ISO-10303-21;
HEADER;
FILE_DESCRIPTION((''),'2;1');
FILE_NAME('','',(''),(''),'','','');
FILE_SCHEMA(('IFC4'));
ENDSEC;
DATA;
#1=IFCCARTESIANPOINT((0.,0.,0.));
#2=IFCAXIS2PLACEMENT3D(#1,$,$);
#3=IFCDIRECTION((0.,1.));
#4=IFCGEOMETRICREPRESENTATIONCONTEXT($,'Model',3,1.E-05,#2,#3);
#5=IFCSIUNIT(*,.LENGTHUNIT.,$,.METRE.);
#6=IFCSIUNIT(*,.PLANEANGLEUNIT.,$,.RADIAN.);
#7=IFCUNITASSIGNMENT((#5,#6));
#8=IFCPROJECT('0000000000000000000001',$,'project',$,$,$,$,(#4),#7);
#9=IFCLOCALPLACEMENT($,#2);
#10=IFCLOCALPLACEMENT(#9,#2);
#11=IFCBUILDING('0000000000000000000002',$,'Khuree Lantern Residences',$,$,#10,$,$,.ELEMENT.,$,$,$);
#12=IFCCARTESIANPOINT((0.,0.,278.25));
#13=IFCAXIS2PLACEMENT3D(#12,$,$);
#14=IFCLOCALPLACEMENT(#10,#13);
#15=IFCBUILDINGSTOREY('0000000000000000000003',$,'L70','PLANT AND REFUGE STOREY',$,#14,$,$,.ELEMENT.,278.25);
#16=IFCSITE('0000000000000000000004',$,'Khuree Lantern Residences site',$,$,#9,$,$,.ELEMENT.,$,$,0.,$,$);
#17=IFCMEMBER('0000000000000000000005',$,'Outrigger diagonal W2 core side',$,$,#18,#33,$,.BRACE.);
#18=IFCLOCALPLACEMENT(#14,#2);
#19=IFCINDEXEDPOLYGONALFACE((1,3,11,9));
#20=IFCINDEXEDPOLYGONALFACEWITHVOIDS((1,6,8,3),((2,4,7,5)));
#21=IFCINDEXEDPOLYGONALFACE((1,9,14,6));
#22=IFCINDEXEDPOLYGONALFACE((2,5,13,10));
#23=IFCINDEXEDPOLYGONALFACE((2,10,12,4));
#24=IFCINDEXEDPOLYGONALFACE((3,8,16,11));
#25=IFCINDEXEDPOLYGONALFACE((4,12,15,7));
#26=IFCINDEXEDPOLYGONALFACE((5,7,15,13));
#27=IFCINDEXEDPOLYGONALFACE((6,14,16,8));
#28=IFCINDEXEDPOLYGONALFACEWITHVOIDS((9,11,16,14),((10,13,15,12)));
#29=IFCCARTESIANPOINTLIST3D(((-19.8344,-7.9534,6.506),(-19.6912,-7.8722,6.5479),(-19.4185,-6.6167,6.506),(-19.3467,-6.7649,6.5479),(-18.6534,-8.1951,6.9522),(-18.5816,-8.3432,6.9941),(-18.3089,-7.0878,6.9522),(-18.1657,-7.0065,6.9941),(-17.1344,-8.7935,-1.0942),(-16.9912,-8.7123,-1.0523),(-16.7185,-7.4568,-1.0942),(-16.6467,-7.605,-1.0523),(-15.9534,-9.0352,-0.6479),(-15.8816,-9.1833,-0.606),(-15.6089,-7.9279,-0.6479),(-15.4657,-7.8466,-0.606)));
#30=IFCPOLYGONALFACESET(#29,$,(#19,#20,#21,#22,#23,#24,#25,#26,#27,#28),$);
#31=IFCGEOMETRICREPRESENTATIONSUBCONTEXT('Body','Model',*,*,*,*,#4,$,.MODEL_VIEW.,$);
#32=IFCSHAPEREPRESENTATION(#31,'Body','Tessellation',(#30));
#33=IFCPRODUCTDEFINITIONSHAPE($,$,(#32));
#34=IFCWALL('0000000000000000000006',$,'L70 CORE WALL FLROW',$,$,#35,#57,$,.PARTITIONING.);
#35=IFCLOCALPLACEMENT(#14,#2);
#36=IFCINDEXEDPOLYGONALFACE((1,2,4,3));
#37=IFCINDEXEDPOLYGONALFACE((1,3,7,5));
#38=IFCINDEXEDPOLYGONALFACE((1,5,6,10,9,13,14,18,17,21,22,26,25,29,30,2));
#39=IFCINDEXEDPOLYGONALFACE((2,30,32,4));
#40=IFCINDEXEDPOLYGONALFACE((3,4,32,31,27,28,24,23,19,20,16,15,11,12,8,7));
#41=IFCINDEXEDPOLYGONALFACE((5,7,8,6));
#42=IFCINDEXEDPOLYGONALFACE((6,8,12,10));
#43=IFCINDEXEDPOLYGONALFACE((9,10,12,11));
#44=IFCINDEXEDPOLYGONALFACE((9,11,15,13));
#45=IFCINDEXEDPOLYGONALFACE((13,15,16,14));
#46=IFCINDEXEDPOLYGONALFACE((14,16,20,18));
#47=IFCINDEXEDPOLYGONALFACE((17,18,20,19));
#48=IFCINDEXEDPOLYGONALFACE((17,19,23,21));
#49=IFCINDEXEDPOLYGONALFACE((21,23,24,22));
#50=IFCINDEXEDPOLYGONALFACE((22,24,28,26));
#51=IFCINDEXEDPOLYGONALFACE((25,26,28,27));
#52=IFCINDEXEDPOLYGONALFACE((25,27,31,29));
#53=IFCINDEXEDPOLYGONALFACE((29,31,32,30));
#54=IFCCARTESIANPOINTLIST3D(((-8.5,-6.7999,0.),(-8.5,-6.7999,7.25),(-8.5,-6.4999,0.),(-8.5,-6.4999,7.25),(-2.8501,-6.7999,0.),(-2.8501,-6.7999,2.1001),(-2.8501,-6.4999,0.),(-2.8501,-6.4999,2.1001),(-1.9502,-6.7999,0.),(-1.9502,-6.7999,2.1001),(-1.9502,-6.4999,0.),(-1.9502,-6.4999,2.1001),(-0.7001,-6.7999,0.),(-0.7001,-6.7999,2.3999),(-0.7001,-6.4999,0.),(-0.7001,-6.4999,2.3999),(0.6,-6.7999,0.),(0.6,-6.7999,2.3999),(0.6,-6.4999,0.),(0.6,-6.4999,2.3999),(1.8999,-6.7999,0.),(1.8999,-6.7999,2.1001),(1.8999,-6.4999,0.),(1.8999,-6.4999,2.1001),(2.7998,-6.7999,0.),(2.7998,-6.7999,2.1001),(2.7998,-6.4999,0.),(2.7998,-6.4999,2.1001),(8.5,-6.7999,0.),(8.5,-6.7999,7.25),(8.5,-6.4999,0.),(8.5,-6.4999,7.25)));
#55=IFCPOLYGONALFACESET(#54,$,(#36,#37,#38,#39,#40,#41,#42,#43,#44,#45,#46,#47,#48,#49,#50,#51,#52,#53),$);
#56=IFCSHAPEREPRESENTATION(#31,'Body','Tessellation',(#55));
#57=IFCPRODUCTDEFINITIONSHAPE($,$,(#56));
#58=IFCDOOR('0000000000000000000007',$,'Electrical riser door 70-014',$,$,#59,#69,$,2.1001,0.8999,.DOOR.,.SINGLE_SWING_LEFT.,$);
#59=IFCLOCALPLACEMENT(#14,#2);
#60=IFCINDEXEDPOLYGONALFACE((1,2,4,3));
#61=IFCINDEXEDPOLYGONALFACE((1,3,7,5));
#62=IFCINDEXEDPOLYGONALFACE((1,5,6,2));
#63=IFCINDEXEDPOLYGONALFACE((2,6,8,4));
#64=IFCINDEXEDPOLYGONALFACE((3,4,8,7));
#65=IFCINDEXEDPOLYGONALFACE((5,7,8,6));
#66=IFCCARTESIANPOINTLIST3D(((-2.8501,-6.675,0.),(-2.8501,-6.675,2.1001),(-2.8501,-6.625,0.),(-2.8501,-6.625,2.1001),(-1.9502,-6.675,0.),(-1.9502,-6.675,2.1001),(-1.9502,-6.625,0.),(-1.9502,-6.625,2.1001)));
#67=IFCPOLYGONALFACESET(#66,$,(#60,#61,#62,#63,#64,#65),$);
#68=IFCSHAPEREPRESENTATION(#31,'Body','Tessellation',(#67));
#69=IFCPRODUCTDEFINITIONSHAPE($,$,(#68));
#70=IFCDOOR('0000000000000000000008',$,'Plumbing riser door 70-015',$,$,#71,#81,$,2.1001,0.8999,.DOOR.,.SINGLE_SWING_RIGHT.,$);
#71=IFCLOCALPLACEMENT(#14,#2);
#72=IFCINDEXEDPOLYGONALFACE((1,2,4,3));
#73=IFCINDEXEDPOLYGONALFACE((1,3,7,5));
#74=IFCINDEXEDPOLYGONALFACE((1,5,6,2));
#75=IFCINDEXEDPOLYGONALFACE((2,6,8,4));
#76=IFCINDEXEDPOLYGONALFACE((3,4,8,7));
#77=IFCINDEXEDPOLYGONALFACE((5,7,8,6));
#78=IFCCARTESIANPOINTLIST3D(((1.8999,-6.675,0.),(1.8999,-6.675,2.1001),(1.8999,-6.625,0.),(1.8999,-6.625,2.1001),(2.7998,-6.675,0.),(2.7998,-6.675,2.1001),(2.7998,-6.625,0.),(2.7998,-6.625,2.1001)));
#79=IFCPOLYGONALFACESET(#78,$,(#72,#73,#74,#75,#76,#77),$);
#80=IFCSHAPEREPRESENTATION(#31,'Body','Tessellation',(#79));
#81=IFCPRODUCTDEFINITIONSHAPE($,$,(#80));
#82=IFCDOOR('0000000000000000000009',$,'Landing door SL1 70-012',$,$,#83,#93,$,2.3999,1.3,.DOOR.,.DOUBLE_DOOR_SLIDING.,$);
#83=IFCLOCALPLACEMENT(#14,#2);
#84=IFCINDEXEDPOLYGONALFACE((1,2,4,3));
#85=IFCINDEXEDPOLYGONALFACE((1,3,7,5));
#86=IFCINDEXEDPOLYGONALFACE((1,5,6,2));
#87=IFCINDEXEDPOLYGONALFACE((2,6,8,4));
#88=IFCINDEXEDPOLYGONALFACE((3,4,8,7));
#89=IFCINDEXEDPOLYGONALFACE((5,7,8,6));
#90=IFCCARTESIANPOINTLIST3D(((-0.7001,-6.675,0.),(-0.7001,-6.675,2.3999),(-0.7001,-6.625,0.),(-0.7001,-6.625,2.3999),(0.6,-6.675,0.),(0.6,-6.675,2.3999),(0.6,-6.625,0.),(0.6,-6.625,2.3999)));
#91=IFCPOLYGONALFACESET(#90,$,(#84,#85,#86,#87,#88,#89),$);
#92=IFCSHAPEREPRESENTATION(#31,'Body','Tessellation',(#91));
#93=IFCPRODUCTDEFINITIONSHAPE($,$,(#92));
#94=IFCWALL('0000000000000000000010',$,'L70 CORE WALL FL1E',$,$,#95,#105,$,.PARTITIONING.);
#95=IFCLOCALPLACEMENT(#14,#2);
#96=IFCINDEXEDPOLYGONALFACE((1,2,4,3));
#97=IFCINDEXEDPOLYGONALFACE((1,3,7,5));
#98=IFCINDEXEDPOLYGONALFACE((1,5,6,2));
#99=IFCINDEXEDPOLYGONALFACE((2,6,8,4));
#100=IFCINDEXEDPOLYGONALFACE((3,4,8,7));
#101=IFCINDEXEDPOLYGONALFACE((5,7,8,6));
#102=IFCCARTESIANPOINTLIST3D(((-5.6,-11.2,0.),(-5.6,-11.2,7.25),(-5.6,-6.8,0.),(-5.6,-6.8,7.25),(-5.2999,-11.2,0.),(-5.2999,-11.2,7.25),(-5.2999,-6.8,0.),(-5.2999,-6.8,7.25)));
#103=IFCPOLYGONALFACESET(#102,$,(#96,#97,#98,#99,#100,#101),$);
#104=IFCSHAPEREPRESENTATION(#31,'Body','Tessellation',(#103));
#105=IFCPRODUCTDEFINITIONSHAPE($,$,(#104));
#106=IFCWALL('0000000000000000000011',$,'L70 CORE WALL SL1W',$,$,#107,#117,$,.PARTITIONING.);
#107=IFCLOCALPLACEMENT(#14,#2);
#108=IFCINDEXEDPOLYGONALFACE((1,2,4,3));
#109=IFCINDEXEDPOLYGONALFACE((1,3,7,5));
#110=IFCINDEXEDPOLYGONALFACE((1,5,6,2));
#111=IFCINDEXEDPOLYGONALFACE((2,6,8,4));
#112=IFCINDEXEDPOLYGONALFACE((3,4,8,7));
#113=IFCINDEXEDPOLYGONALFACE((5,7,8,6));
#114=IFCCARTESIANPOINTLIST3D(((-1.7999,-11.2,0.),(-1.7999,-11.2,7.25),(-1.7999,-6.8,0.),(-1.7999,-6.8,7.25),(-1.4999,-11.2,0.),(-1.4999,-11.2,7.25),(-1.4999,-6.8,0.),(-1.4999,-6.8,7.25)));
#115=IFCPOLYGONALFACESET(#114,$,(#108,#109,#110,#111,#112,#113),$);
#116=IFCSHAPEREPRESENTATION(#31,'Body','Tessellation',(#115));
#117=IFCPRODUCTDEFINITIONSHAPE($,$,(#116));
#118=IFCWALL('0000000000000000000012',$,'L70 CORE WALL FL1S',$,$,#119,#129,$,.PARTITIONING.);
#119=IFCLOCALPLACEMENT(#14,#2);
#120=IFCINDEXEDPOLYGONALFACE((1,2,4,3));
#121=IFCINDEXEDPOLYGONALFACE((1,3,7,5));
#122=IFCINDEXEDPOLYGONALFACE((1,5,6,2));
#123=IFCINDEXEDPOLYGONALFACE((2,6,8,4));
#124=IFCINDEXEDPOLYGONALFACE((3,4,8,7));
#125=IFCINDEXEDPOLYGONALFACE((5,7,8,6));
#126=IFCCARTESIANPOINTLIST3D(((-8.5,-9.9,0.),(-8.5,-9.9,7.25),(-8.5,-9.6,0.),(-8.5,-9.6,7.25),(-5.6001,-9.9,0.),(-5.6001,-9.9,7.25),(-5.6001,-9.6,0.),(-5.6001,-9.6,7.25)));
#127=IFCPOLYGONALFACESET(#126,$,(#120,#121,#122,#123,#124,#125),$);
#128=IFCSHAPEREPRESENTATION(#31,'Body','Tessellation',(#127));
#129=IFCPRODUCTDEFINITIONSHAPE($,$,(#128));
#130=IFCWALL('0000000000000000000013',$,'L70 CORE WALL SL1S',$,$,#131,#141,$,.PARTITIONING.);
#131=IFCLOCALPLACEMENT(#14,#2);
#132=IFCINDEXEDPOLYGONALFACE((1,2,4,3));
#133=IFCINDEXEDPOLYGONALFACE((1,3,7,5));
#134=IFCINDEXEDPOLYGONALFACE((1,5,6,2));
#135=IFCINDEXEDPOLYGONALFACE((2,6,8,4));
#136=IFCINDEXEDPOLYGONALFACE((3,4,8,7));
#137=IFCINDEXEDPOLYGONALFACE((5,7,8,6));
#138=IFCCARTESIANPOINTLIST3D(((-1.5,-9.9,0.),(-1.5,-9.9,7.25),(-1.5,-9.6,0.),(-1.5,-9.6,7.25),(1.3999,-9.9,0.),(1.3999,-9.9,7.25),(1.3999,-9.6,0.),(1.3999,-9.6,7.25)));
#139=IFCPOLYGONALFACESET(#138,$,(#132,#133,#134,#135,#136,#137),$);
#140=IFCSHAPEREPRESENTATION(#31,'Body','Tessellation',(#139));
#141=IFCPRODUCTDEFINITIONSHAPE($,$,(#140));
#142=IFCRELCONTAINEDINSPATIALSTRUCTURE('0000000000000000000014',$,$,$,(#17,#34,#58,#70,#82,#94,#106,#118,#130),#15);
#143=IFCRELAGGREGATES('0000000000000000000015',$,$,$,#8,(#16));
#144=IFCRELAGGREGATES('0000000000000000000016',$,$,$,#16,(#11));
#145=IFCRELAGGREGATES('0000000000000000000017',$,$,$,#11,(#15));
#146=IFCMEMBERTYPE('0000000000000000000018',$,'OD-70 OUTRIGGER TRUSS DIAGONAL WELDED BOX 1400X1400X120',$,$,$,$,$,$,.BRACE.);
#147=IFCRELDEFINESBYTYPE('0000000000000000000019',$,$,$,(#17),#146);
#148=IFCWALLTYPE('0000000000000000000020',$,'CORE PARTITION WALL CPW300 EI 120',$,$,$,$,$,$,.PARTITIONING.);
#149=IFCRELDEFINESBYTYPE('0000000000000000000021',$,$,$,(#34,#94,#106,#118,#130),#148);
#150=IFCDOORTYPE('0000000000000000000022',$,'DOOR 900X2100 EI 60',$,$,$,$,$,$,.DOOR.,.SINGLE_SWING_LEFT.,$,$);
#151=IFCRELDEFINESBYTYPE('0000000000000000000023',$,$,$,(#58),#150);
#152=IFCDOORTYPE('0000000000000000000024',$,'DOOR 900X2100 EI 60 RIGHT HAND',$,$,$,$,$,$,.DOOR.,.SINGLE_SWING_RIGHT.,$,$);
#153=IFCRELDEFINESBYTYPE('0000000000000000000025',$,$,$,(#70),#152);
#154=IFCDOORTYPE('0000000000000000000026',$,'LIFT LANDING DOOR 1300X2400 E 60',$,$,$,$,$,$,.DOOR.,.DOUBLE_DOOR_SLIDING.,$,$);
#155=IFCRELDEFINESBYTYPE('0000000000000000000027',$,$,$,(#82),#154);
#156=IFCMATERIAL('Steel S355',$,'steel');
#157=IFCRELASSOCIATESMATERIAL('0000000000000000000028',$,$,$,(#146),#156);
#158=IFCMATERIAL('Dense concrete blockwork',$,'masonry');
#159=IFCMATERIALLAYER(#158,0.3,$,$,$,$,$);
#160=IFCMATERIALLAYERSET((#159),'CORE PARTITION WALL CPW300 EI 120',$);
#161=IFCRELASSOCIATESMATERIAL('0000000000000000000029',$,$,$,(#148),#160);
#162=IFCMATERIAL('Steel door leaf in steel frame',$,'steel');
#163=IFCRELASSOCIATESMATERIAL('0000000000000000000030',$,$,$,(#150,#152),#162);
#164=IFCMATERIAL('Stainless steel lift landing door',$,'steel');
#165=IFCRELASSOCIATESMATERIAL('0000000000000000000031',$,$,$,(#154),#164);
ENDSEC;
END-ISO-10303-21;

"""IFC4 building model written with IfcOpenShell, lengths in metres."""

from ifc_helpers import new_model, si_unit, direction, frame, frame_2d, origin, origin_2d, place, context, subcontext, project, spatial, rectangle, hollow_rectangle, extrude, material, layer, layer_set, material_profile, profile_set, type_object, element, fill, save


model = new_model("IFC4")

# Units and contexts
model_context = context("Model", 3, precision=1e-05, world=origin(), true_north=direction((0.0, 1.0)))
body_context = subcontext(model_context, "Body", "Model", "MODEL_VIEW")
ifc_project = project(units=[si_unit("LENGTHUNIT", "METRE"), si_unit("PLANEANGLEUNIT", "RADIAN")], contexts=[model_context])

# Site, building, storey
site_placement = place(None, origin())
site = spatial("IfcSite", under=ifc_project, at=site_placement, Name="Khuree Lantern Residences site", CompositionType="ELEMENT", RefElevation=0.0)
building_placement = place(site_placement, origin())
building = spatial("IfcBuilding", under=site, at=building_placement, Name="Khuree Lantern Residences", CompositionType="ELEMENT")
storey_placement = place(building_placement, frame((0.0, 0.0, 278.25)))
storey = spatial("IfcBuildingStorey", under=building, at=storey_placement, Name="L70", Description="PLANT AND REFUGE STOREY", CompositionType="ELEMENT", Elevation=278.25)

# Member
ifc_material_1 = material(Name="Steel S355", Category="steel")
ifc_material_profile = material_profile(ifc_material_1, hollow_rectangle(XDim=1.3999, YDim=1.3999, WallThickness=0.1201, at=origin_2d()), Name="WELDED BOX 1400X1400X120")
ifc_profile_set = profile_set([ifc_material_profile], Name="Steel S355")
member_type = type_object("IfcMemberType", Name="OD-70 OUTRIGGER TRUSS DIAGONAL WELDED BOX 1400X1400X120", PredefinedType="BRACE", material=ifc_profile_set)
member_placement = place(storey_placement, frame((-16.3, -8.3201, -0.8501), z_axis=(-0.332955, 0.103599, 0.937235), x_axis=(-0.2971, -0.954846, 0.0)))
element("IfcMember", 1, at=member_placement, inside=storey, type_object=member_type, Name="Outrigger diagonal W2 core side", PredefinedType="BRACE", context=body_context, shape_type="SweptSolid", body=[
    extrude(hollow_rectangle(XDim=1.3999, YDim=1.3999, WallThickness=0.1201, at=origin_2d()), origin(), (0.0, 0.0, 1.0), 8.1091),
])

# Wall, openings, doors
ifc_material_2 = material(Name="Dense concrete blockwork", Category="masonry")
ifc_layer_1 = layer(ifc_material_2, 0.3)
ifc_layer_set_1 = layer_set([ifc_layer_1], Name="CORE PARTITION WALL CPW300 EI 120")
wall_type_1 = type_object("IfcWallType", Name="CORE PARTITION WALL CPW300 EI 120", PredefinedType="PARTITIONING", material=ifc_layer_set_1)
wall_1_placement = place(storey_placement, frame((-8.5, -6.6499, 0.0), z_axis=(0.0, 0.0, 1.0), x_axis=(1.0, 0.0, 0.0)))
wall_1 = element("IfcWall", 2, at=wall_1_placement, inside=storey, type_object=wall_type_1, Name="L70 CORE WALL FLROW", PredefinedType="PARTITIONING", context=body_context, shape_type="SweptSolid", body=[
    extrude(rectangle(XDim=17.0, YDim=0.3, at=frame_2d((8.5, 0.0))), origin(), (0.0, 0.0, 1.0), 7.25),
])
opening_1_placement = place(wall_1_placement, frame((7.8, 0.0, 0.0)))
opening_1 = element("IfcOpeningElement", 3, at=opening_1_placement, cuts=wall_1, PredefinedType="OPENING", context=body_context, shape_type="SweptSolid", body=[
    extrude(rectangle(XDim=1.3, YDim=2.3999, at=frame_2d((0.6499, 1.2))), frame((0.0, 0.1602, 0.0), z_axis=(0.0, -1.0, 0.0), x_axis=(1.0, 0.0, 0.0)), (0.0, 0.0, 1.0), 0.3201),
])
opening_2_placement = place(wall_1_placement, frame((5.6499, 0.0, 0.0)))
opening_2 = element("IfcOpeningElement", 4, at=opening_2_placement, cuts=wall_1, PredefinedType="OPENING", context=body_context, shape_type="SweptSolid", body=[
    extrude(rectangle(XDim=0.8999, YDim=2.1001, at=frame_2d((0.45, 1.05))), frame((0.0, 0.1602, 0.0), z_axis=(0.0, -1.0, 0.0), x_axis=(1.0, 0.0, 0.0)), (0.0, 0.0, 1.0), 0.3201),
])
opening_3_placement = place(wall_1_placement, frame((10.3999, 0.0, 0.0)))
opening_3 = element("IfcOpeningElement", 5, at=opening_3_placement, cuts=wall_1, PredefinedType="OPENING", context=body_context, shape_type="SweptSolid", body=[
    extrude(rectangle(XDim=0.8999, YDim=2.1001, at=frame_2d((0.45, 1.05))), frame((0.0, 0.1602, 0.0), z_axis=(0.0, -1.0, 0.0), x_axis=(1.0, 0.0, 0.0)), (0.0, 0.0, 1.0), 0.3201),
])
ifc_material_3 = material(Name="Steel door leaf in steel frame", Category="steel")
door_type_1 = type_object("IfcDoorType", Name="DOOR 900X2100 EI 60", OperationType="SINGLE_SWING_LEFT", PredefinedType="DOOR", material=ifc_material_3)
door_1_placement = place(opening_2_placement, origin())
door_1 = element("IfcDoor", 6, at=door_1_placement, inside=storey, type_object=door_type_1, Name="Electrical riser door 70-014", OperationType="SINGLE_SWING_LEFT", OverallHeight=2.1001, OverallWidth=0.8999, PredefinedType="DOOR", context=body_context, shape_type="SweptSolid", body=[
    extrude(rectangle(XDim=0.8999, YDim=2.1001, at=frame_2d((0.45, 1.05))), frame((0.0, 0.0249, 0.0), z_axis=(0.0, -1.0, 0.0), x_axis=(1.0, 0.0, 0.0)), (0.0, 0.0, 1.0), 0.05),
])
fill(opening_2, door_1)
door_type_2 = type_object("IfcDoorType", Name="DOOR 900X2100 EI 60 RIGHT HAND", OperationType="SINGLE_SWING_RIGHT", PredefinedType="DOOR", material=ifc_material_3)
door_2_placement = place(opening_3_placement, origin())
door_2 = element("IfcDoor", 7, at=door_2_placement, inside=storey, type_object=door_type_2, Name="Plumbing riser door 70-015", OperationType="SINGLE_SWING_RIGHT", OverallHeight=2.1001, OverallWidth=0.8999, PredefinedType="DOOR", context=body_context, shape_type="SweptSolid", body=[
    extrude(rectangle(XDim=0.8999, YDim=2.1001, at=frame_2d((0.45, 1.05))), frame((0.0, 0.0249, 0.0), z_axis=(0.0, -1.0, 0.0), x_axis=(1.0, 0.0, 0.0)), (0.0, 0.0, 1.0), 0.05),
])
fill(opening_3, door_2)
ifc_material_4 = material(Name="Stainless steel lift landing door", Category="steel")
door_type_3 = type_object("IfcDoorType", Name="LIFT LANDING DOOR 1300X2400 E 60", OperationType="DOUBLE_DOOR_SLIDING", PredefinedType="DOOR", material=ifc_material_4)
door_3_placement = place(opening_1_placement, origin())
door_3 = element("IfcDoor", 8, at=door_3_placement, inside=storey, type_object=door_type_3, Name="Landing door SL1 70-012", OperationType="DOUBLE_DOOR_SLIDING", OverallHeight=2.3999, OverallWidth=1.3, PredefinedType="DOOR", context=body_context, shape_type="SweptSolid", body=[
    extrude(rectangle(XDim=1.3, YDim=2.3999, at=frame_2d((0.6499, 1.2))), frame((0.0, 0.0249, 0.0), z_axis=(0.0, -1.0, 0.0), x_axis=(1.0, 0.0, 0.0)), (0.0, 0.0, 1.0), 0.05),
])
fill(opening_1, door_3)

# Walls
for number, where, z_axis, x_axis, name in (
    (9, (-5.45, -11.2, 0.0), (0.0, 0.0, 1.0), (0.0, 1.0, 0.0), "L70 CORE WALL FL1E"),
    (10, (-1.6499, -11.2, 0.0), (0.0, 0.0, 1.0), (0.0, 1.0, 0.0), "L70 CORE WALL SL1W"),
):
    element("IfcWall", number, at=place(storey_placement, frame(where, z_axis=z_axis, x_axis=x_axis)), inside=storey, type_object=wall_type_1, Name=name, PredefinedType="PARTITIONING", context=body_context, shape_type="SweptSolid", body=[
        extrude(rectangle(XDim=4.3999, YDim=0.3, at=frame_2d((2.2, 0.0))), origin(), (0.0, 0.0, 1.0), 7.25),
    ])
for number, where, z_axis, x_axis, name in (
    (11, (-8.5, -9.75, 0.0), (0.0, 0.0, 1.0), (1.0, 0.0, 0.0), "L70 CORE WALL FL1S"),
    (12, (-1.5, -9.75, 0.0), (0.0, 0.0, 1.0), (1.0, 0.0, 0.0), "L70 CORE WALL SL1S"),
):
    element("IfcWall", number, at=place(storey_placement, frame(where, z_axis=z_axis, x_axis=x_axis)), inside=storey, type_object=wall_type_1, Name=name, PredefinedType="PARTITIONING", context=body_context, shape_type="SweptSolid", body=[
        extrude(rectangle(XDim=2.8999, YDim=0.3, at=frame_2d((1.45, 0.0))), origin(), (0.0, 0.0, 1.0), 7.25),
    ])

save(model, "model.ifc")
